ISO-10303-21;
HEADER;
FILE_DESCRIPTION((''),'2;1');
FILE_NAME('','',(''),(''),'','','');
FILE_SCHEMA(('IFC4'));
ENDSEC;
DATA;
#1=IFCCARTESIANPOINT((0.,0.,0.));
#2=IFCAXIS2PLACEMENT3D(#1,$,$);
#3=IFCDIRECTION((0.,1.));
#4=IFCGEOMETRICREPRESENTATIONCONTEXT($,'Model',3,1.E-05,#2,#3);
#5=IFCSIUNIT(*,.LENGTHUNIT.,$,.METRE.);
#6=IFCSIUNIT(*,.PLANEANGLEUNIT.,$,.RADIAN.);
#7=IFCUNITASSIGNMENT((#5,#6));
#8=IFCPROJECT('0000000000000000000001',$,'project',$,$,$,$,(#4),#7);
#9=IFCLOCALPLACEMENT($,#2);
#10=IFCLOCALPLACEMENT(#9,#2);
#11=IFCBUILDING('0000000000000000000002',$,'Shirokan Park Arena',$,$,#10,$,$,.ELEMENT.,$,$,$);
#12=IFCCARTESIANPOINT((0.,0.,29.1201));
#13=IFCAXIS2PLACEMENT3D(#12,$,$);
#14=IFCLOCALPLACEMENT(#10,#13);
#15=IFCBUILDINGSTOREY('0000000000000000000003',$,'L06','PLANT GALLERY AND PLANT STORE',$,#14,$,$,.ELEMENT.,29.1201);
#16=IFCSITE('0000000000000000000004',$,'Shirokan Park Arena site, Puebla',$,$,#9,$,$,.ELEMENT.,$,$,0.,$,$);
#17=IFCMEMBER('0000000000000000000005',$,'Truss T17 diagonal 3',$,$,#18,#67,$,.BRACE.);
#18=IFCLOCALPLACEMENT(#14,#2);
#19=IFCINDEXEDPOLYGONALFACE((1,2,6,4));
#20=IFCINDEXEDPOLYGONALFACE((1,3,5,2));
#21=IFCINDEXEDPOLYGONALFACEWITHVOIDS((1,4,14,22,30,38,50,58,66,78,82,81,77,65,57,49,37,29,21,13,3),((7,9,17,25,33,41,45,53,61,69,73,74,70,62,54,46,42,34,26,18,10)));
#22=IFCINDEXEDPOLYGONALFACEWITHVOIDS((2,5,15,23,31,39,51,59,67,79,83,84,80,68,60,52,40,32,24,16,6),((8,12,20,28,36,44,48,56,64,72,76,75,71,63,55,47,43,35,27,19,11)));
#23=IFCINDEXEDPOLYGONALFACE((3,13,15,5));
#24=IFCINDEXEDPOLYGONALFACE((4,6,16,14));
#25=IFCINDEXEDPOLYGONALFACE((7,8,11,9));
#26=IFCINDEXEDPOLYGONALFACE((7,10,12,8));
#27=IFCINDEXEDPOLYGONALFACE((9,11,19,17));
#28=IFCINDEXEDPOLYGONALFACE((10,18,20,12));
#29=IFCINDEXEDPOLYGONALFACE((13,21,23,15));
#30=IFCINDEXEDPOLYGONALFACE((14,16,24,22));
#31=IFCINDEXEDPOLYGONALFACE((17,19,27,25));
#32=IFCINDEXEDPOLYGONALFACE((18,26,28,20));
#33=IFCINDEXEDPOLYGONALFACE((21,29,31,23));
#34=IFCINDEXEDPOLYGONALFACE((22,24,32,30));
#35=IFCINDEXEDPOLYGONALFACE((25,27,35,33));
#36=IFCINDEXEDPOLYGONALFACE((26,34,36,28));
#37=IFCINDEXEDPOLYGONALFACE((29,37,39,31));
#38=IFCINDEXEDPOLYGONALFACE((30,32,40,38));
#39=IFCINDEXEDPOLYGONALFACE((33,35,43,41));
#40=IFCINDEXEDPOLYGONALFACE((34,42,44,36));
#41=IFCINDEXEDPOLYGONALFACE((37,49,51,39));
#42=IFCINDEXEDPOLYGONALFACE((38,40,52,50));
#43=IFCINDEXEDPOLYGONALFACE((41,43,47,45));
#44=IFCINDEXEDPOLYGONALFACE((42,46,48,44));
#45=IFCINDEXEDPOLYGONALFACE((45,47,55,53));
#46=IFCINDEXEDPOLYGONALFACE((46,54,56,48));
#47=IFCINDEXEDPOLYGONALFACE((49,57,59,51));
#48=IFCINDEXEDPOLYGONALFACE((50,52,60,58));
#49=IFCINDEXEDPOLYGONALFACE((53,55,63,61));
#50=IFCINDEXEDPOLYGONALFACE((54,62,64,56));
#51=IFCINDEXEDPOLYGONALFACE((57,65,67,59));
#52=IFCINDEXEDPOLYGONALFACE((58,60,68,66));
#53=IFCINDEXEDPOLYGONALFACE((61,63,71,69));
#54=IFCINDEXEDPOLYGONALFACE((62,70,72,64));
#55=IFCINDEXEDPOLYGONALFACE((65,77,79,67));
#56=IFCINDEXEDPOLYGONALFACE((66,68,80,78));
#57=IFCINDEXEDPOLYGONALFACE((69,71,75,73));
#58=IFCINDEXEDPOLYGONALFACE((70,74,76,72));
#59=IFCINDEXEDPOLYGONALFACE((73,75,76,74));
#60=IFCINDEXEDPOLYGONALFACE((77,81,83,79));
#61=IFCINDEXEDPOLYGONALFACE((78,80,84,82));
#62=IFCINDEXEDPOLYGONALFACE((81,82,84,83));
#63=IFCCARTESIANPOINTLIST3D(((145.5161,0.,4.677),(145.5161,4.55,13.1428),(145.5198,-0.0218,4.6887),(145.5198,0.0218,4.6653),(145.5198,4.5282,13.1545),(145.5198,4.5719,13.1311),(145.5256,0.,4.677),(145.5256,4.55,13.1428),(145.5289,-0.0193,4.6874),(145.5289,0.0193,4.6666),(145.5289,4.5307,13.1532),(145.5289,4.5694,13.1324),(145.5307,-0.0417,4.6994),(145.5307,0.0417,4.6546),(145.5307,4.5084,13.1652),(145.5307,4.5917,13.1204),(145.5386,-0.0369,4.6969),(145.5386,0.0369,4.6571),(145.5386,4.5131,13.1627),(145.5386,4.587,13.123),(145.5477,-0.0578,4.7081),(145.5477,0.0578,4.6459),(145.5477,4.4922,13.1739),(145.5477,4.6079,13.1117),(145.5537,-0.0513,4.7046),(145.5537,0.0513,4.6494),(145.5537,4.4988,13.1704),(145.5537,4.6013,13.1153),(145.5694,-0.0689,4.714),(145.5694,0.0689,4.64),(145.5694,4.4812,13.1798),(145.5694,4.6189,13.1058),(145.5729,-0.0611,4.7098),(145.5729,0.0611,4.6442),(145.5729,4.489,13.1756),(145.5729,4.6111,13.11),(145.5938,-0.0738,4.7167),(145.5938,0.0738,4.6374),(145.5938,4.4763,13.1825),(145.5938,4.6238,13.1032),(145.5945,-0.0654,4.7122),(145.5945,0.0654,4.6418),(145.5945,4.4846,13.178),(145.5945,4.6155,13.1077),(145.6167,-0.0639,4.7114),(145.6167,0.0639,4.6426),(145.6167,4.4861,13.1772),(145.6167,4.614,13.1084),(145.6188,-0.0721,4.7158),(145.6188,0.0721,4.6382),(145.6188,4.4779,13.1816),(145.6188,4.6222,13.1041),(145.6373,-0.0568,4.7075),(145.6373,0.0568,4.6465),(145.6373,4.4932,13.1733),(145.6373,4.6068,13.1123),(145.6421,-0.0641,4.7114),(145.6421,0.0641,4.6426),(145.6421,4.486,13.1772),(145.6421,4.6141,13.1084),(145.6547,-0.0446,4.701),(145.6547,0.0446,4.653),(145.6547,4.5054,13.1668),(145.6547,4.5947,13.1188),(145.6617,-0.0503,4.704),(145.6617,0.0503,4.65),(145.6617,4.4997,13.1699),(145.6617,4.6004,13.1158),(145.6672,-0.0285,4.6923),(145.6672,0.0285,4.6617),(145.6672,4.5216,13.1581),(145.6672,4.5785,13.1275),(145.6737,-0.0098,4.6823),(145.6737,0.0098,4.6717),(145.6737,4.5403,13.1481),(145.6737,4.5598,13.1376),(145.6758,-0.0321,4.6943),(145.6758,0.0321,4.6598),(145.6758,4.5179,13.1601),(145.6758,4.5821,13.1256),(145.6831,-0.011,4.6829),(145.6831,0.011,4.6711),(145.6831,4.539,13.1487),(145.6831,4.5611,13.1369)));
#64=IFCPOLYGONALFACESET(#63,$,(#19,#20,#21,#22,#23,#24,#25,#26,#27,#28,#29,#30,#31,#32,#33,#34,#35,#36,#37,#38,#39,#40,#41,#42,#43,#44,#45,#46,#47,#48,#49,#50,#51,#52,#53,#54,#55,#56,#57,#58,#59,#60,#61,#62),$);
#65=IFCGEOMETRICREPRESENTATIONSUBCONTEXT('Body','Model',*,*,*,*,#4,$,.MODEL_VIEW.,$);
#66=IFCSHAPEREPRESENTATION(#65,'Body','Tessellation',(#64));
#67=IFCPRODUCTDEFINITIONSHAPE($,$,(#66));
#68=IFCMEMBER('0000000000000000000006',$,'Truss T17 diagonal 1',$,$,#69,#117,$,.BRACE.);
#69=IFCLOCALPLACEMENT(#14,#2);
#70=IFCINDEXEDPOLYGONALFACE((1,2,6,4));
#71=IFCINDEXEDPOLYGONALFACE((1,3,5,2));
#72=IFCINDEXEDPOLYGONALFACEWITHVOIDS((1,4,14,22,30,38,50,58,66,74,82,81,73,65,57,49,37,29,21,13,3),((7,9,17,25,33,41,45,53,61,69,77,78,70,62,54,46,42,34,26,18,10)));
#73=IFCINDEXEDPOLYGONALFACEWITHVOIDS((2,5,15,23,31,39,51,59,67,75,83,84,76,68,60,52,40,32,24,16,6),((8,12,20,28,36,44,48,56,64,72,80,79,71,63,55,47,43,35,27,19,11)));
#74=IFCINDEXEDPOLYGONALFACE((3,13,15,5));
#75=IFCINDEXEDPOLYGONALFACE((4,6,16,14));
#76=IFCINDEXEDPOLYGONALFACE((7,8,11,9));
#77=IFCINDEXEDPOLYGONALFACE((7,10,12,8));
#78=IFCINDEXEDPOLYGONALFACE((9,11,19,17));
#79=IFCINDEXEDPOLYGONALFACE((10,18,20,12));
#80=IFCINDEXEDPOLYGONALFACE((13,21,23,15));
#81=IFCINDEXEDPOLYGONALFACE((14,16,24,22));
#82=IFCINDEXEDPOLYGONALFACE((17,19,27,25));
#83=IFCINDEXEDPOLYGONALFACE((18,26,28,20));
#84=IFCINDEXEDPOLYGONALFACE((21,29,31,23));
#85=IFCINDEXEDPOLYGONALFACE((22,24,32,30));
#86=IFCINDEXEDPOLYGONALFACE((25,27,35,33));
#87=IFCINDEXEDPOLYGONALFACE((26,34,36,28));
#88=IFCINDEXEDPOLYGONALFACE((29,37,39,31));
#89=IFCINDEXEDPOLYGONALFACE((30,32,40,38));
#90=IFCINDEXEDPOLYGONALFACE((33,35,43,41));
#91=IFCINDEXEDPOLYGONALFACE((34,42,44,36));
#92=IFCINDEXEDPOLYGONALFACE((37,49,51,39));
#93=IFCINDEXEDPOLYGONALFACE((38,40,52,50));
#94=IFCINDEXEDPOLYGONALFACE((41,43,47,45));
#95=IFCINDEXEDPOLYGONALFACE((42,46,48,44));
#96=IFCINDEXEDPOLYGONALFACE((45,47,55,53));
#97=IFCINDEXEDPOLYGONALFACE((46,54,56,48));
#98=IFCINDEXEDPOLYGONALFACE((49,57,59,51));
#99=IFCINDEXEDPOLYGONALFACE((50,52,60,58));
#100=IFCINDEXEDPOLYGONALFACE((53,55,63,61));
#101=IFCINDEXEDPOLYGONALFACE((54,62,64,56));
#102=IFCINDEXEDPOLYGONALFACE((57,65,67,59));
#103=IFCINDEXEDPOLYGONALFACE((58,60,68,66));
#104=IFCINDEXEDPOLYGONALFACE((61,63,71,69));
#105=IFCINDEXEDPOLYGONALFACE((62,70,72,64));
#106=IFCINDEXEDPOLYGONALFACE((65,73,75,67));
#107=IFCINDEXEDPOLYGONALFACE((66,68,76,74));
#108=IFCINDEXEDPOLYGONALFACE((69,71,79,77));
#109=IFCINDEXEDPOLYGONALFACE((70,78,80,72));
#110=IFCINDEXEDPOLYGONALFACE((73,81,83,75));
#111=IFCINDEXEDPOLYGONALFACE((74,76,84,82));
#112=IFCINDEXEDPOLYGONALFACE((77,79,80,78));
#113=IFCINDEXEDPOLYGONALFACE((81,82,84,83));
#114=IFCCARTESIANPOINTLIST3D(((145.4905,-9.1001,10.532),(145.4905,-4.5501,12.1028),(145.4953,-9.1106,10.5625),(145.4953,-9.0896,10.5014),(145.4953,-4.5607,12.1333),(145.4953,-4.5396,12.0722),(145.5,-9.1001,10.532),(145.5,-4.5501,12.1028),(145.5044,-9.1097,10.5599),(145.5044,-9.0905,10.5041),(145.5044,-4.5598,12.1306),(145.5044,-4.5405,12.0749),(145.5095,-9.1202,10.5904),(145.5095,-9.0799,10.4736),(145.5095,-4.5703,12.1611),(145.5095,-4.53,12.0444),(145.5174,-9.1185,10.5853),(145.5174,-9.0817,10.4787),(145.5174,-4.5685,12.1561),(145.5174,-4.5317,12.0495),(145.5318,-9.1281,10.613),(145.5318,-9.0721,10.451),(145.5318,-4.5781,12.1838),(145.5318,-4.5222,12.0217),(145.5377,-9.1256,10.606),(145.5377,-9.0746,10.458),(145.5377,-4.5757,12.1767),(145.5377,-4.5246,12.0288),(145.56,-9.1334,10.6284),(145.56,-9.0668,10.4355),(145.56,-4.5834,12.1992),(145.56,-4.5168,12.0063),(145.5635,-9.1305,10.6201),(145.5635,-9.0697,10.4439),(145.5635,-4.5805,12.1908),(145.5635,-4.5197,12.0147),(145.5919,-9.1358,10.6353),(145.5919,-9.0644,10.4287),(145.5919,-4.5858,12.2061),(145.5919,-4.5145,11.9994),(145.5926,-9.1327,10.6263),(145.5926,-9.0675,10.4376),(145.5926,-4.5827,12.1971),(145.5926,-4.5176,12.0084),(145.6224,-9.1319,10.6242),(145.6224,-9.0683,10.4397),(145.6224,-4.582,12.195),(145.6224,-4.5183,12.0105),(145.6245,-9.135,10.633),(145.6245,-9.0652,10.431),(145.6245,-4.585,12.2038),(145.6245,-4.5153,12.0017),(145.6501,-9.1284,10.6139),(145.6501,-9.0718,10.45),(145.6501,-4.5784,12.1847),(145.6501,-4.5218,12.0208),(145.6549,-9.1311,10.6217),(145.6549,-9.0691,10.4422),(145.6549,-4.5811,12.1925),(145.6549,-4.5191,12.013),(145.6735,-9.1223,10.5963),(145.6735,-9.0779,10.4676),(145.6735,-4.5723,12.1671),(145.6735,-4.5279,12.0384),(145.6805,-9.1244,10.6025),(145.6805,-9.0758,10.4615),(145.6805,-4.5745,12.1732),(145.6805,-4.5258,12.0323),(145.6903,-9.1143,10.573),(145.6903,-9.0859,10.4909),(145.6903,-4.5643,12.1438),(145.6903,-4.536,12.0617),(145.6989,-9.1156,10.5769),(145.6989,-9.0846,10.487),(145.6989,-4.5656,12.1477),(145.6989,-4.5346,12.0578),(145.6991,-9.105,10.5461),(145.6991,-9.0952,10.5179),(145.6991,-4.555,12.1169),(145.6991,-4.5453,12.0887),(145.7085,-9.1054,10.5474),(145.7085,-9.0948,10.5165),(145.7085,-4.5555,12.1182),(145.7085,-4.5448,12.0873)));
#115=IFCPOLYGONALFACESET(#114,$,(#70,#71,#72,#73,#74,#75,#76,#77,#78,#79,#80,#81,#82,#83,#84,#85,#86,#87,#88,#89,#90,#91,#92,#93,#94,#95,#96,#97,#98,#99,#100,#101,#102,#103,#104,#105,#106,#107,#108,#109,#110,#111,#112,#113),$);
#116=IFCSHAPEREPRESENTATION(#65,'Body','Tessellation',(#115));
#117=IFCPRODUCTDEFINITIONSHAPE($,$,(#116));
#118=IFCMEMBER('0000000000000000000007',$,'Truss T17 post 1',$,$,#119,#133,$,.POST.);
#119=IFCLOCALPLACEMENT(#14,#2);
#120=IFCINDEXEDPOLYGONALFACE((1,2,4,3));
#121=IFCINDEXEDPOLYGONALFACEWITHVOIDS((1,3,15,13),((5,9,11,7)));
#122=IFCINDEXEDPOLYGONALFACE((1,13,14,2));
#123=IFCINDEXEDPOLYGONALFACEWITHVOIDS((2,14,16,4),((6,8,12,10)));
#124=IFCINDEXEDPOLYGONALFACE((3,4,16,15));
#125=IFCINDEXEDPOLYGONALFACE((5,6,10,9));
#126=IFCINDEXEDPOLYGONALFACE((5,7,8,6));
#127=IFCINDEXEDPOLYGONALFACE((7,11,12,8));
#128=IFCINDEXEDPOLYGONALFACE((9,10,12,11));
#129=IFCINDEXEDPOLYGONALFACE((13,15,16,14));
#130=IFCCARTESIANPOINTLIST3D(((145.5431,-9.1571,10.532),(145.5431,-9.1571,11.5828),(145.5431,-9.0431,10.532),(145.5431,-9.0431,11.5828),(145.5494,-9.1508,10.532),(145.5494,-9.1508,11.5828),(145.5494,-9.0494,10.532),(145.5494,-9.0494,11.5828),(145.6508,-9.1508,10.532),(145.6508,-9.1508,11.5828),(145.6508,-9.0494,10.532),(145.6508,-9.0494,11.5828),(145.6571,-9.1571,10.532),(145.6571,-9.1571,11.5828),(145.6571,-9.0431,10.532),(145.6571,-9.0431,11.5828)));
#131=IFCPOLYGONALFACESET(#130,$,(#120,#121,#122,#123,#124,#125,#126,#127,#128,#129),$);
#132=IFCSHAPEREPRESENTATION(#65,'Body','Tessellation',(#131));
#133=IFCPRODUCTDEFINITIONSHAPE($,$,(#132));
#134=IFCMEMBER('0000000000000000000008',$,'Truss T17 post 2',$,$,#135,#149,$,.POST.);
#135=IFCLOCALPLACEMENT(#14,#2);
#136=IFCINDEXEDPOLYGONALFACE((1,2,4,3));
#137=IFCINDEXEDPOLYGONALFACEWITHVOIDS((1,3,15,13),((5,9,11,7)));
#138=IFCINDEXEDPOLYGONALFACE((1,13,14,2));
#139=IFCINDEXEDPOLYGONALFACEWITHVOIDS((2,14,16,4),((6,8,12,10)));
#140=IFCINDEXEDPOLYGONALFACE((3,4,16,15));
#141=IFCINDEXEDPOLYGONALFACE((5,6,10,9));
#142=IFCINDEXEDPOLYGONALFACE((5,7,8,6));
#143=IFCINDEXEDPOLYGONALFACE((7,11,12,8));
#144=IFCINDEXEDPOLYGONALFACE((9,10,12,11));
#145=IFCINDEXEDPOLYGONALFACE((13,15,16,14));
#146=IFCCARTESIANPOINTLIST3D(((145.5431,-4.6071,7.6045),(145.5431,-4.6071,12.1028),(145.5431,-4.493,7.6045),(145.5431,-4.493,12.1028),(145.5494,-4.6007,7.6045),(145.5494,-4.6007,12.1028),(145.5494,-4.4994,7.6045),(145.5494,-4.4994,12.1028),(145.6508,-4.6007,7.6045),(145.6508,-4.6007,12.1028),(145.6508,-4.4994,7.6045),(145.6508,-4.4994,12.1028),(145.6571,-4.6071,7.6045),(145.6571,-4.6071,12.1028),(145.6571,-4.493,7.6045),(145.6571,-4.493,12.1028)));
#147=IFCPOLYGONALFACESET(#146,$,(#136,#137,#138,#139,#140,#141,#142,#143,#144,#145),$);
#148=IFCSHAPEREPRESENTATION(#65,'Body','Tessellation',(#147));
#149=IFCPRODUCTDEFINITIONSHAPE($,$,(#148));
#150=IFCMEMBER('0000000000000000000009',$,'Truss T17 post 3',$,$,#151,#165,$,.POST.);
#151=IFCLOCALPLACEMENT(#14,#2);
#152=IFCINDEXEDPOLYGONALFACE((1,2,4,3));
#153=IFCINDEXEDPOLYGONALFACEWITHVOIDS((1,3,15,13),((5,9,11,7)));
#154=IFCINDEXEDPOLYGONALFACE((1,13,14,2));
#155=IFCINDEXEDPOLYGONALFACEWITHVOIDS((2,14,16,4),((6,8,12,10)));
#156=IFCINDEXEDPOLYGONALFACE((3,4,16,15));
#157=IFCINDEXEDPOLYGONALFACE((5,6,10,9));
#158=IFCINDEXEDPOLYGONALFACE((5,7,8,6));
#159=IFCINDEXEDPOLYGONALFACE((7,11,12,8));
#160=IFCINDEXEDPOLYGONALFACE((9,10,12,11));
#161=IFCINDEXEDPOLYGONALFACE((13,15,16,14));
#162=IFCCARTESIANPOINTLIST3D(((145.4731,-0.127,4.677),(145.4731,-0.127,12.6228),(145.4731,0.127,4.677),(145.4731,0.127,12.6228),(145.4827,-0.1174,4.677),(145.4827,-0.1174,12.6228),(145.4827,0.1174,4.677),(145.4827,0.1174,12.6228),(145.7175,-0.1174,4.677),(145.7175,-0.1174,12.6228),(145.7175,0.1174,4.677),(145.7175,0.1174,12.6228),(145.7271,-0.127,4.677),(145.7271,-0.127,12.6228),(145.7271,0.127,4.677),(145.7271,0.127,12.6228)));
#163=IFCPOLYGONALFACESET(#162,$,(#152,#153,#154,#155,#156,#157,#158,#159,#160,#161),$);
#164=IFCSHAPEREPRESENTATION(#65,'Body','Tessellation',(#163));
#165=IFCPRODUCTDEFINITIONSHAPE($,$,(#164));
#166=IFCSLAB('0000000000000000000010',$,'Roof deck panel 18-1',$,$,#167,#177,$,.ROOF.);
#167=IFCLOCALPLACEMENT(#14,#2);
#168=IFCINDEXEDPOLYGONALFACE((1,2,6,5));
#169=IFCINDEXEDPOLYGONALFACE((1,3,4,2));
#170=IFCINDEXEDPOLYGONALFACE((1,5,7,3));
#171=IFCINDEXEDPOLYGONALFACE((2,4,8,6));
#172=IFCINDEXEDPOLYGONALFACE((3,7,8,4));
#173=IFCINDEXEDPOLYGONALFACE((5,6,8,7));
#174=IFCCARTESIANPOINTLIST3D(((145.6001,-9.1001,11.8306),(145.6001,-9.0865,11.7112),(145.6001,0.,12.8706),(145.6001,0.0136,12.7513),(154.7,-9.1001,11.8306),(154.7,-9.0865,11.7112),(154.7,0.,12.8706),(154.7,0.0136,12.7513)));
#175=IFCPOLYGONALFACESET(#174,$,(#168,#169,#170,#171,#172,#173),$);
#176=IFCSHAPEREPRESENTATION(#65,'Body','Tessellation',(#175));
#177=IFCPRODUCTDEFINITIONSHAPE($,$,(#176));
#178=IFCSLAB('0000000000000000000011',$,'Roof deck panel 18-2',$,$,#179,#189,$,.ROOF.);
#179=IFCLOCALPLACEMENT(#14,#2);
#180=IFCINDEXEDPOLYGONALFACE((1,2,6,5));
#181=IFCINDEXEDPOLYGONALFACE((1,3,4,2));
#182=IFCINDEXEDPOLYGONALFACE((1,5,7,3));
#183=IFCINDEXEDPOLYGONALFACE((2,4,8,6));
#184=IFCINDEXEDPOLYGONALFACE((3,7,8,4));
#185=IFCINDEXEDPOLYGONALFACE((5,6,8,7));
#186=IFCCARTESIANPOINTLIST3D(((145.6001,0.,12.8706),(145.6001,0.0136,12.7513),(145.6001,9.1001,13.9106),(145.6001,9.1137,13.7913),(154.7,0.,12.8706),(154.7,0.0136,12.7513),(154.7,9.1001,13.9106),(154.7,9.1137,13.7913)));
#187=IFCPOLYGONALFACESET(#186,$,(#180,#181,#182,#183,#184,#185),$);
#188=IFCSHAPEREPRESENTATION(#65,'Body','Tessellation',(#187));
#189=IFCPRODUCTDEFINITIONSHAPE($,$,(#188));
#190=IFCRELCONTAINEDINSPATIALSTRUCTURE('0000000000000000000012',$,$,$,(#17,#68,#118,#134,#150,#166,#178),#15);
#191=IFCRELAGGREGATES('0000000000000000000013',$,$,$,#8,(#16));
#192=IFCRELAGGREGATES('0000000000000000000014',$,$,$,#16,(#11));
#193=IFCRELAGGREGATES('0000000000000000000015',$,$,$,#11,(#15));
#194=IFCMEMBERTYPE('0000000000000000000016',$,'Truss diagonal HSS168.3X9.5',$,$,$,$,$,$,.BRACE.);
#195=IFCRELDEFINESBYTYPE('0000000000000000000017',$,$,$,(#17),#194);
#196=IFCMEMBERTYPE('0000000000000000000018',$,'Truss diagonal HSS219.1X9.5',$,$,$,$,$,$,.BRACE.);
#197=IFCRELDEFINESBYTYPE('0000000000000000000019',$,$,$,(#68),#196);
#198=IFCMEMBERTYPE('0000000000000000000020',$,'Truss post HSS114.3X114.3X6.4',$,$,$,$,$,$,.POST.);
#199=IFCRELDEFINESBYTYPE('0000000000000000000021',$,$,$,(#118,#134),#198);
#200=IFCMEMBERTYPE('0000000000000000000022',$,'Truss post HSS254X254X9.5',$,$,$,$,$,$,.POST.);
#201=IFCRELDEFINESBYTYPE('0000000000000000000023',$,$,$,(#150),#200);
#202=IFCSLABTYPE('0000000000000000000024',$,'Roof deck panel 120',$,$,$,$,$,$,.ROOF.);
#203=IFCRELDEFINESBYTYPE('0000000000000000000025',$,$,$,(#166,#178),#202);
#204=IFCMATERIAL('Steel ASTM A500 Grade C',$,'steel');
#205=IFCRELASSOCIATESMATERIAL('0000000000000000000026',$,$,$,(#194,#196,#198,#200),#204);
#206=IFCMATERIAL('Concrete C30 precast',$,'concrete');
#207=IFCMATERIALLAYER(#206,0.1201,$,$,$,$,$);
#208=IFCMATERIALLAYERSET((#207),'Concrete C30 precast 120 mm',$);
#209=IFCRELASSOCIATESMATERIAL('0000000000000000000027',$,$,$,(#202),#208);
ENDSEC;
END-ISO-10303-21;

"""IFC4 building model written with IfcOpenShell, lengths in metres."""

from ifc_helpers import new_model, si_unit, direction, frame, origin, origin_2d, place, context, subcontext, project, spatial, polyline, hollow_rectangle, hollow_circle, outline, extrude, material, layer, layer_set, material_profile, profile_set, type_object, element, save


model = new_model("IFC4")

# Units and contexts
model_context = context("Model", 3, precision=1e-05, world=origin(), true_north=direction((0.0, 1.0)))
body_context = subcontext(model_context, "Body", "Model", "MODEL_VIEW")
ifc_project = project(units=[si_unit("LENGTHUNIT", "METRE"), si_unit("PLANEANGLEUNIT", "RADIAN")], contexts=[model_context])

# Site, building, storey
site_placement = place(None, origin())
site = spatial("IfcSite", under=ifc_project, at=site_placement, Name="Shirokan Park Arena site, Puebla", CompositionType="ELEMENT", RefElevation=0.0)
building_placement = place(site_placement, origin())
building = spatial("IfcBuilding", under=site, at=building_placement, Name="Shirokan Park Arena", CompositionType="ELEMENT")
storey_placement = place(building_placement, frame((0.0, 0.0, 29.1201)))
storey = spatial("IfcBuildingStorey", under=building, at=storey_placement, Name="L06", Description="PLANT GALLERY AND PLANT STORE", CompositionType="ELEMENT", Elevation=29.1201)

# Shared definitions
ifc_material_1 = material(Name="Steel ASTM A500 Grade C", Category="steel")

# Members
ifc_material_profile_1 = material_profile(ifc_material_1, hollow_circle(Radius=0.084, WallThickness=0.0095, at=origin_2d()), Name="HSS168.3X9.5")
ifc_profile_set_1 = profile_set([ifc_material_profile_1], Name="Steel ASTM A500 Grade C")
member_type_1 = type_object("IfcMemberType", Name="Truss diagonal HSS168.3X9.5", PredefinedType="BRACE", material=ifc_profile_set_1)
member_1_placement = place(storey_placement, frame((145.6001, 0.0, 4.677), z_axis=(0.0, 0.473417, 0.880839), x_axis=(-1.0, 0.0, 0.0)))
element("IfcMember", 1, at=member_1_placement, inside=storey, type_object=member_type_1, Name="Truss T17 diagonal 3", PredefinedType="BRACE", context=body_context, shape_type="SweptSolid", body=[
    extrude(hollow_circle(Radius=0.084, WallThickness=0.0095, at=origin_2d()), origin(), (0.0, 0.0, 1.0), 9.6111),
])
ifc_material_profile_2 = material_profile(ifc_material_1, hollow_circle(Radius=0.1096, WallThickness=0.0095, at=origin_2d()), Name="HSS219.1X9.5")
ifc_profile_set_2 = profile_set([ifc_material_profile_2], Name="Steel ASTM A500 Grade C")
member_type_2 = type_object("IfcMemberType", Name="Truss diagonal HSS219.1X9.5", PredefinedType="BRACE", material=ifc_profile_set_2)
member_2_placement = place(storey_placement, frame((145.6001, -9.1001, 10.532), z_axis=(0.0, 0.945256, 0.326328), x_axis=(-1.0, 0.0, 0.0)))
element("IfcMember", 2, at=member_2_placement, inside=storey, type_object=member_type_2, Name="Truss T17 diagonal 1", PredefinedType="BRACE", context=body_context, shape_type="SweptSolid", body=[
    extrude(hollow_circle(Radius=0.1096, WallThickness=0.0095, at=origin_2d()), origin(), (0.0, 0.0, 1.0), 4.8135),
])
ifc_material_profile_3 = material_profile(ifc_material_1, hollow_rectangle(XDim=0.114, YDim=0.114, WallThickness=0.0063, at=origin_2d()), Name="HSS114.3X114.3X6.4")
ifc_profile_set_3 = profile_set([ifc_material_profile_3], Name="Steel ASTM A500 Grade C")
member_type_3 = type_object("IfcMemberType", Name="Truss post HSS114.3X114.3X6.4", PredefinedType="POST", material=ifc_profile_set_3)
member_3_placement = place(storey_placement, frame((145.6001, -9.1001, 10.532), z_axis=(0.0, 0.0, 1.0), x_axis=(1.0, 0.0, 0.0)))
element("IfcMember", 3, at=member_3_placement, inside=storey, type_object=member_type_3, Name="Truss T17 post 1", PredefinedType="POST", context=body_context, shape_type="SweptSolid", body=[
    extrude(hollow_rectangle(XDim=0.114, YDim=0.114, WallThickness=0.0063, at=origin_2d()), origin(), (0.0, 0.0, 1.0), 1.0508),
])
member_4_placement = place(storey_placement, frame((145.6001, -4.55, 7.6045), z_axis=(0.0, 0.0, 1.0), x_axis=(1.0, 0.0, 0.0)))
element("IfcMember", 4, at=member_4_placement, inside=storey, type_object=member_type_3, Name="Truss T17 post 2", PredefinedType="POST", context=body_context, shape_type="SweptSolid", body=[
    extrude(hollow_rectangle(XDim=0.114, YDim=0.114, WallThickness=0.0063, at=origin_2d()), origin(), (0.0, 0.0, 1.0), 4.4983),
])
ifc_material_profile_4 = material_profile(ifc_material_1, hollow_rectangle(XDim=0.2539, YDim=0.2539, WallThickness=0.0095, at=origin_2d()), Name="HSS254X254X9.5")
ifc_profile_set_4 = profile_set([ifc_material_profile_4], Name="Steel ASTM A500 Grade C")
member_type_4 = type_object("IfcMemberType", Name="Truss post HSS254X254X9.5", PredefinedType="POST", material=ifc_profile_set_4)
member_5_placement = place(storey_placement, frame((145.6001, 0.0, 4.677), z_axis=(0.0, 0.0, 1.0), x_axis=(1.0, 0.0, 0.0)))
element("IfcMember", 5, at=member_5_placement, inside=storey, type_object=member_type_4, Name="Truss T17 post 3", PredefinedType="POST", context=body_context, shape_type="SweptSolid", body=[
    extrude(hollow_rectangle(XDim=0.2539, YDim=0.2539, WallThickness=0.0095, at=origin_2d()), origin(), (0.0, 0.0, 1.0), 7.9458),
])

# Slabs
ifc_material_2 = material(Name="Concrete C30 precast", Category="concrete")
ifc_layer_1 = layer(ifc_material_2, 0.1201)
ifc_layer_set_1 = layer_set([ifc_layer_1], Name="Concrete C30 precast 120 mm")
slab_type = type_object("IfcSlabType", Name="Roof deck panel 120", PredefinedType="ROOF", material=ifc_layer_set_1)
for number, where, z_axis, x_axis, name in (
    (6, (145.6001, -9.1001, 11.8306), (0.0, -0.11355, 0.993532), (1.0, 0.0, 0.0), "Roof deck panel 18-1"),
    (7, (145.6001, 0.0, 12.8706), (0.0, -0.11355, 0.993532), (1.0, 0.0, 0.0), "Roof deck panel 18-2"),
):
    element("IfcSlab", number, at=place(storey_placement, frame(where, z_axis=z_axis, x_axis=x_axis)), inside=storey, type_object=slab_type, Name=name, PredefinedType="ROOF", context=body_context, shape_type="SweptSolid", body=[
        extrude(outline(polyline([(0.0, 0.0), (9.0999, 0.0), (9.0999, 9.1593), (0.0, 9.1593), (0.0, 0.0)])), origin(), (0.0, 0.0, -1.0), 0.1201),
    ])

save(model, "model.ifc")
